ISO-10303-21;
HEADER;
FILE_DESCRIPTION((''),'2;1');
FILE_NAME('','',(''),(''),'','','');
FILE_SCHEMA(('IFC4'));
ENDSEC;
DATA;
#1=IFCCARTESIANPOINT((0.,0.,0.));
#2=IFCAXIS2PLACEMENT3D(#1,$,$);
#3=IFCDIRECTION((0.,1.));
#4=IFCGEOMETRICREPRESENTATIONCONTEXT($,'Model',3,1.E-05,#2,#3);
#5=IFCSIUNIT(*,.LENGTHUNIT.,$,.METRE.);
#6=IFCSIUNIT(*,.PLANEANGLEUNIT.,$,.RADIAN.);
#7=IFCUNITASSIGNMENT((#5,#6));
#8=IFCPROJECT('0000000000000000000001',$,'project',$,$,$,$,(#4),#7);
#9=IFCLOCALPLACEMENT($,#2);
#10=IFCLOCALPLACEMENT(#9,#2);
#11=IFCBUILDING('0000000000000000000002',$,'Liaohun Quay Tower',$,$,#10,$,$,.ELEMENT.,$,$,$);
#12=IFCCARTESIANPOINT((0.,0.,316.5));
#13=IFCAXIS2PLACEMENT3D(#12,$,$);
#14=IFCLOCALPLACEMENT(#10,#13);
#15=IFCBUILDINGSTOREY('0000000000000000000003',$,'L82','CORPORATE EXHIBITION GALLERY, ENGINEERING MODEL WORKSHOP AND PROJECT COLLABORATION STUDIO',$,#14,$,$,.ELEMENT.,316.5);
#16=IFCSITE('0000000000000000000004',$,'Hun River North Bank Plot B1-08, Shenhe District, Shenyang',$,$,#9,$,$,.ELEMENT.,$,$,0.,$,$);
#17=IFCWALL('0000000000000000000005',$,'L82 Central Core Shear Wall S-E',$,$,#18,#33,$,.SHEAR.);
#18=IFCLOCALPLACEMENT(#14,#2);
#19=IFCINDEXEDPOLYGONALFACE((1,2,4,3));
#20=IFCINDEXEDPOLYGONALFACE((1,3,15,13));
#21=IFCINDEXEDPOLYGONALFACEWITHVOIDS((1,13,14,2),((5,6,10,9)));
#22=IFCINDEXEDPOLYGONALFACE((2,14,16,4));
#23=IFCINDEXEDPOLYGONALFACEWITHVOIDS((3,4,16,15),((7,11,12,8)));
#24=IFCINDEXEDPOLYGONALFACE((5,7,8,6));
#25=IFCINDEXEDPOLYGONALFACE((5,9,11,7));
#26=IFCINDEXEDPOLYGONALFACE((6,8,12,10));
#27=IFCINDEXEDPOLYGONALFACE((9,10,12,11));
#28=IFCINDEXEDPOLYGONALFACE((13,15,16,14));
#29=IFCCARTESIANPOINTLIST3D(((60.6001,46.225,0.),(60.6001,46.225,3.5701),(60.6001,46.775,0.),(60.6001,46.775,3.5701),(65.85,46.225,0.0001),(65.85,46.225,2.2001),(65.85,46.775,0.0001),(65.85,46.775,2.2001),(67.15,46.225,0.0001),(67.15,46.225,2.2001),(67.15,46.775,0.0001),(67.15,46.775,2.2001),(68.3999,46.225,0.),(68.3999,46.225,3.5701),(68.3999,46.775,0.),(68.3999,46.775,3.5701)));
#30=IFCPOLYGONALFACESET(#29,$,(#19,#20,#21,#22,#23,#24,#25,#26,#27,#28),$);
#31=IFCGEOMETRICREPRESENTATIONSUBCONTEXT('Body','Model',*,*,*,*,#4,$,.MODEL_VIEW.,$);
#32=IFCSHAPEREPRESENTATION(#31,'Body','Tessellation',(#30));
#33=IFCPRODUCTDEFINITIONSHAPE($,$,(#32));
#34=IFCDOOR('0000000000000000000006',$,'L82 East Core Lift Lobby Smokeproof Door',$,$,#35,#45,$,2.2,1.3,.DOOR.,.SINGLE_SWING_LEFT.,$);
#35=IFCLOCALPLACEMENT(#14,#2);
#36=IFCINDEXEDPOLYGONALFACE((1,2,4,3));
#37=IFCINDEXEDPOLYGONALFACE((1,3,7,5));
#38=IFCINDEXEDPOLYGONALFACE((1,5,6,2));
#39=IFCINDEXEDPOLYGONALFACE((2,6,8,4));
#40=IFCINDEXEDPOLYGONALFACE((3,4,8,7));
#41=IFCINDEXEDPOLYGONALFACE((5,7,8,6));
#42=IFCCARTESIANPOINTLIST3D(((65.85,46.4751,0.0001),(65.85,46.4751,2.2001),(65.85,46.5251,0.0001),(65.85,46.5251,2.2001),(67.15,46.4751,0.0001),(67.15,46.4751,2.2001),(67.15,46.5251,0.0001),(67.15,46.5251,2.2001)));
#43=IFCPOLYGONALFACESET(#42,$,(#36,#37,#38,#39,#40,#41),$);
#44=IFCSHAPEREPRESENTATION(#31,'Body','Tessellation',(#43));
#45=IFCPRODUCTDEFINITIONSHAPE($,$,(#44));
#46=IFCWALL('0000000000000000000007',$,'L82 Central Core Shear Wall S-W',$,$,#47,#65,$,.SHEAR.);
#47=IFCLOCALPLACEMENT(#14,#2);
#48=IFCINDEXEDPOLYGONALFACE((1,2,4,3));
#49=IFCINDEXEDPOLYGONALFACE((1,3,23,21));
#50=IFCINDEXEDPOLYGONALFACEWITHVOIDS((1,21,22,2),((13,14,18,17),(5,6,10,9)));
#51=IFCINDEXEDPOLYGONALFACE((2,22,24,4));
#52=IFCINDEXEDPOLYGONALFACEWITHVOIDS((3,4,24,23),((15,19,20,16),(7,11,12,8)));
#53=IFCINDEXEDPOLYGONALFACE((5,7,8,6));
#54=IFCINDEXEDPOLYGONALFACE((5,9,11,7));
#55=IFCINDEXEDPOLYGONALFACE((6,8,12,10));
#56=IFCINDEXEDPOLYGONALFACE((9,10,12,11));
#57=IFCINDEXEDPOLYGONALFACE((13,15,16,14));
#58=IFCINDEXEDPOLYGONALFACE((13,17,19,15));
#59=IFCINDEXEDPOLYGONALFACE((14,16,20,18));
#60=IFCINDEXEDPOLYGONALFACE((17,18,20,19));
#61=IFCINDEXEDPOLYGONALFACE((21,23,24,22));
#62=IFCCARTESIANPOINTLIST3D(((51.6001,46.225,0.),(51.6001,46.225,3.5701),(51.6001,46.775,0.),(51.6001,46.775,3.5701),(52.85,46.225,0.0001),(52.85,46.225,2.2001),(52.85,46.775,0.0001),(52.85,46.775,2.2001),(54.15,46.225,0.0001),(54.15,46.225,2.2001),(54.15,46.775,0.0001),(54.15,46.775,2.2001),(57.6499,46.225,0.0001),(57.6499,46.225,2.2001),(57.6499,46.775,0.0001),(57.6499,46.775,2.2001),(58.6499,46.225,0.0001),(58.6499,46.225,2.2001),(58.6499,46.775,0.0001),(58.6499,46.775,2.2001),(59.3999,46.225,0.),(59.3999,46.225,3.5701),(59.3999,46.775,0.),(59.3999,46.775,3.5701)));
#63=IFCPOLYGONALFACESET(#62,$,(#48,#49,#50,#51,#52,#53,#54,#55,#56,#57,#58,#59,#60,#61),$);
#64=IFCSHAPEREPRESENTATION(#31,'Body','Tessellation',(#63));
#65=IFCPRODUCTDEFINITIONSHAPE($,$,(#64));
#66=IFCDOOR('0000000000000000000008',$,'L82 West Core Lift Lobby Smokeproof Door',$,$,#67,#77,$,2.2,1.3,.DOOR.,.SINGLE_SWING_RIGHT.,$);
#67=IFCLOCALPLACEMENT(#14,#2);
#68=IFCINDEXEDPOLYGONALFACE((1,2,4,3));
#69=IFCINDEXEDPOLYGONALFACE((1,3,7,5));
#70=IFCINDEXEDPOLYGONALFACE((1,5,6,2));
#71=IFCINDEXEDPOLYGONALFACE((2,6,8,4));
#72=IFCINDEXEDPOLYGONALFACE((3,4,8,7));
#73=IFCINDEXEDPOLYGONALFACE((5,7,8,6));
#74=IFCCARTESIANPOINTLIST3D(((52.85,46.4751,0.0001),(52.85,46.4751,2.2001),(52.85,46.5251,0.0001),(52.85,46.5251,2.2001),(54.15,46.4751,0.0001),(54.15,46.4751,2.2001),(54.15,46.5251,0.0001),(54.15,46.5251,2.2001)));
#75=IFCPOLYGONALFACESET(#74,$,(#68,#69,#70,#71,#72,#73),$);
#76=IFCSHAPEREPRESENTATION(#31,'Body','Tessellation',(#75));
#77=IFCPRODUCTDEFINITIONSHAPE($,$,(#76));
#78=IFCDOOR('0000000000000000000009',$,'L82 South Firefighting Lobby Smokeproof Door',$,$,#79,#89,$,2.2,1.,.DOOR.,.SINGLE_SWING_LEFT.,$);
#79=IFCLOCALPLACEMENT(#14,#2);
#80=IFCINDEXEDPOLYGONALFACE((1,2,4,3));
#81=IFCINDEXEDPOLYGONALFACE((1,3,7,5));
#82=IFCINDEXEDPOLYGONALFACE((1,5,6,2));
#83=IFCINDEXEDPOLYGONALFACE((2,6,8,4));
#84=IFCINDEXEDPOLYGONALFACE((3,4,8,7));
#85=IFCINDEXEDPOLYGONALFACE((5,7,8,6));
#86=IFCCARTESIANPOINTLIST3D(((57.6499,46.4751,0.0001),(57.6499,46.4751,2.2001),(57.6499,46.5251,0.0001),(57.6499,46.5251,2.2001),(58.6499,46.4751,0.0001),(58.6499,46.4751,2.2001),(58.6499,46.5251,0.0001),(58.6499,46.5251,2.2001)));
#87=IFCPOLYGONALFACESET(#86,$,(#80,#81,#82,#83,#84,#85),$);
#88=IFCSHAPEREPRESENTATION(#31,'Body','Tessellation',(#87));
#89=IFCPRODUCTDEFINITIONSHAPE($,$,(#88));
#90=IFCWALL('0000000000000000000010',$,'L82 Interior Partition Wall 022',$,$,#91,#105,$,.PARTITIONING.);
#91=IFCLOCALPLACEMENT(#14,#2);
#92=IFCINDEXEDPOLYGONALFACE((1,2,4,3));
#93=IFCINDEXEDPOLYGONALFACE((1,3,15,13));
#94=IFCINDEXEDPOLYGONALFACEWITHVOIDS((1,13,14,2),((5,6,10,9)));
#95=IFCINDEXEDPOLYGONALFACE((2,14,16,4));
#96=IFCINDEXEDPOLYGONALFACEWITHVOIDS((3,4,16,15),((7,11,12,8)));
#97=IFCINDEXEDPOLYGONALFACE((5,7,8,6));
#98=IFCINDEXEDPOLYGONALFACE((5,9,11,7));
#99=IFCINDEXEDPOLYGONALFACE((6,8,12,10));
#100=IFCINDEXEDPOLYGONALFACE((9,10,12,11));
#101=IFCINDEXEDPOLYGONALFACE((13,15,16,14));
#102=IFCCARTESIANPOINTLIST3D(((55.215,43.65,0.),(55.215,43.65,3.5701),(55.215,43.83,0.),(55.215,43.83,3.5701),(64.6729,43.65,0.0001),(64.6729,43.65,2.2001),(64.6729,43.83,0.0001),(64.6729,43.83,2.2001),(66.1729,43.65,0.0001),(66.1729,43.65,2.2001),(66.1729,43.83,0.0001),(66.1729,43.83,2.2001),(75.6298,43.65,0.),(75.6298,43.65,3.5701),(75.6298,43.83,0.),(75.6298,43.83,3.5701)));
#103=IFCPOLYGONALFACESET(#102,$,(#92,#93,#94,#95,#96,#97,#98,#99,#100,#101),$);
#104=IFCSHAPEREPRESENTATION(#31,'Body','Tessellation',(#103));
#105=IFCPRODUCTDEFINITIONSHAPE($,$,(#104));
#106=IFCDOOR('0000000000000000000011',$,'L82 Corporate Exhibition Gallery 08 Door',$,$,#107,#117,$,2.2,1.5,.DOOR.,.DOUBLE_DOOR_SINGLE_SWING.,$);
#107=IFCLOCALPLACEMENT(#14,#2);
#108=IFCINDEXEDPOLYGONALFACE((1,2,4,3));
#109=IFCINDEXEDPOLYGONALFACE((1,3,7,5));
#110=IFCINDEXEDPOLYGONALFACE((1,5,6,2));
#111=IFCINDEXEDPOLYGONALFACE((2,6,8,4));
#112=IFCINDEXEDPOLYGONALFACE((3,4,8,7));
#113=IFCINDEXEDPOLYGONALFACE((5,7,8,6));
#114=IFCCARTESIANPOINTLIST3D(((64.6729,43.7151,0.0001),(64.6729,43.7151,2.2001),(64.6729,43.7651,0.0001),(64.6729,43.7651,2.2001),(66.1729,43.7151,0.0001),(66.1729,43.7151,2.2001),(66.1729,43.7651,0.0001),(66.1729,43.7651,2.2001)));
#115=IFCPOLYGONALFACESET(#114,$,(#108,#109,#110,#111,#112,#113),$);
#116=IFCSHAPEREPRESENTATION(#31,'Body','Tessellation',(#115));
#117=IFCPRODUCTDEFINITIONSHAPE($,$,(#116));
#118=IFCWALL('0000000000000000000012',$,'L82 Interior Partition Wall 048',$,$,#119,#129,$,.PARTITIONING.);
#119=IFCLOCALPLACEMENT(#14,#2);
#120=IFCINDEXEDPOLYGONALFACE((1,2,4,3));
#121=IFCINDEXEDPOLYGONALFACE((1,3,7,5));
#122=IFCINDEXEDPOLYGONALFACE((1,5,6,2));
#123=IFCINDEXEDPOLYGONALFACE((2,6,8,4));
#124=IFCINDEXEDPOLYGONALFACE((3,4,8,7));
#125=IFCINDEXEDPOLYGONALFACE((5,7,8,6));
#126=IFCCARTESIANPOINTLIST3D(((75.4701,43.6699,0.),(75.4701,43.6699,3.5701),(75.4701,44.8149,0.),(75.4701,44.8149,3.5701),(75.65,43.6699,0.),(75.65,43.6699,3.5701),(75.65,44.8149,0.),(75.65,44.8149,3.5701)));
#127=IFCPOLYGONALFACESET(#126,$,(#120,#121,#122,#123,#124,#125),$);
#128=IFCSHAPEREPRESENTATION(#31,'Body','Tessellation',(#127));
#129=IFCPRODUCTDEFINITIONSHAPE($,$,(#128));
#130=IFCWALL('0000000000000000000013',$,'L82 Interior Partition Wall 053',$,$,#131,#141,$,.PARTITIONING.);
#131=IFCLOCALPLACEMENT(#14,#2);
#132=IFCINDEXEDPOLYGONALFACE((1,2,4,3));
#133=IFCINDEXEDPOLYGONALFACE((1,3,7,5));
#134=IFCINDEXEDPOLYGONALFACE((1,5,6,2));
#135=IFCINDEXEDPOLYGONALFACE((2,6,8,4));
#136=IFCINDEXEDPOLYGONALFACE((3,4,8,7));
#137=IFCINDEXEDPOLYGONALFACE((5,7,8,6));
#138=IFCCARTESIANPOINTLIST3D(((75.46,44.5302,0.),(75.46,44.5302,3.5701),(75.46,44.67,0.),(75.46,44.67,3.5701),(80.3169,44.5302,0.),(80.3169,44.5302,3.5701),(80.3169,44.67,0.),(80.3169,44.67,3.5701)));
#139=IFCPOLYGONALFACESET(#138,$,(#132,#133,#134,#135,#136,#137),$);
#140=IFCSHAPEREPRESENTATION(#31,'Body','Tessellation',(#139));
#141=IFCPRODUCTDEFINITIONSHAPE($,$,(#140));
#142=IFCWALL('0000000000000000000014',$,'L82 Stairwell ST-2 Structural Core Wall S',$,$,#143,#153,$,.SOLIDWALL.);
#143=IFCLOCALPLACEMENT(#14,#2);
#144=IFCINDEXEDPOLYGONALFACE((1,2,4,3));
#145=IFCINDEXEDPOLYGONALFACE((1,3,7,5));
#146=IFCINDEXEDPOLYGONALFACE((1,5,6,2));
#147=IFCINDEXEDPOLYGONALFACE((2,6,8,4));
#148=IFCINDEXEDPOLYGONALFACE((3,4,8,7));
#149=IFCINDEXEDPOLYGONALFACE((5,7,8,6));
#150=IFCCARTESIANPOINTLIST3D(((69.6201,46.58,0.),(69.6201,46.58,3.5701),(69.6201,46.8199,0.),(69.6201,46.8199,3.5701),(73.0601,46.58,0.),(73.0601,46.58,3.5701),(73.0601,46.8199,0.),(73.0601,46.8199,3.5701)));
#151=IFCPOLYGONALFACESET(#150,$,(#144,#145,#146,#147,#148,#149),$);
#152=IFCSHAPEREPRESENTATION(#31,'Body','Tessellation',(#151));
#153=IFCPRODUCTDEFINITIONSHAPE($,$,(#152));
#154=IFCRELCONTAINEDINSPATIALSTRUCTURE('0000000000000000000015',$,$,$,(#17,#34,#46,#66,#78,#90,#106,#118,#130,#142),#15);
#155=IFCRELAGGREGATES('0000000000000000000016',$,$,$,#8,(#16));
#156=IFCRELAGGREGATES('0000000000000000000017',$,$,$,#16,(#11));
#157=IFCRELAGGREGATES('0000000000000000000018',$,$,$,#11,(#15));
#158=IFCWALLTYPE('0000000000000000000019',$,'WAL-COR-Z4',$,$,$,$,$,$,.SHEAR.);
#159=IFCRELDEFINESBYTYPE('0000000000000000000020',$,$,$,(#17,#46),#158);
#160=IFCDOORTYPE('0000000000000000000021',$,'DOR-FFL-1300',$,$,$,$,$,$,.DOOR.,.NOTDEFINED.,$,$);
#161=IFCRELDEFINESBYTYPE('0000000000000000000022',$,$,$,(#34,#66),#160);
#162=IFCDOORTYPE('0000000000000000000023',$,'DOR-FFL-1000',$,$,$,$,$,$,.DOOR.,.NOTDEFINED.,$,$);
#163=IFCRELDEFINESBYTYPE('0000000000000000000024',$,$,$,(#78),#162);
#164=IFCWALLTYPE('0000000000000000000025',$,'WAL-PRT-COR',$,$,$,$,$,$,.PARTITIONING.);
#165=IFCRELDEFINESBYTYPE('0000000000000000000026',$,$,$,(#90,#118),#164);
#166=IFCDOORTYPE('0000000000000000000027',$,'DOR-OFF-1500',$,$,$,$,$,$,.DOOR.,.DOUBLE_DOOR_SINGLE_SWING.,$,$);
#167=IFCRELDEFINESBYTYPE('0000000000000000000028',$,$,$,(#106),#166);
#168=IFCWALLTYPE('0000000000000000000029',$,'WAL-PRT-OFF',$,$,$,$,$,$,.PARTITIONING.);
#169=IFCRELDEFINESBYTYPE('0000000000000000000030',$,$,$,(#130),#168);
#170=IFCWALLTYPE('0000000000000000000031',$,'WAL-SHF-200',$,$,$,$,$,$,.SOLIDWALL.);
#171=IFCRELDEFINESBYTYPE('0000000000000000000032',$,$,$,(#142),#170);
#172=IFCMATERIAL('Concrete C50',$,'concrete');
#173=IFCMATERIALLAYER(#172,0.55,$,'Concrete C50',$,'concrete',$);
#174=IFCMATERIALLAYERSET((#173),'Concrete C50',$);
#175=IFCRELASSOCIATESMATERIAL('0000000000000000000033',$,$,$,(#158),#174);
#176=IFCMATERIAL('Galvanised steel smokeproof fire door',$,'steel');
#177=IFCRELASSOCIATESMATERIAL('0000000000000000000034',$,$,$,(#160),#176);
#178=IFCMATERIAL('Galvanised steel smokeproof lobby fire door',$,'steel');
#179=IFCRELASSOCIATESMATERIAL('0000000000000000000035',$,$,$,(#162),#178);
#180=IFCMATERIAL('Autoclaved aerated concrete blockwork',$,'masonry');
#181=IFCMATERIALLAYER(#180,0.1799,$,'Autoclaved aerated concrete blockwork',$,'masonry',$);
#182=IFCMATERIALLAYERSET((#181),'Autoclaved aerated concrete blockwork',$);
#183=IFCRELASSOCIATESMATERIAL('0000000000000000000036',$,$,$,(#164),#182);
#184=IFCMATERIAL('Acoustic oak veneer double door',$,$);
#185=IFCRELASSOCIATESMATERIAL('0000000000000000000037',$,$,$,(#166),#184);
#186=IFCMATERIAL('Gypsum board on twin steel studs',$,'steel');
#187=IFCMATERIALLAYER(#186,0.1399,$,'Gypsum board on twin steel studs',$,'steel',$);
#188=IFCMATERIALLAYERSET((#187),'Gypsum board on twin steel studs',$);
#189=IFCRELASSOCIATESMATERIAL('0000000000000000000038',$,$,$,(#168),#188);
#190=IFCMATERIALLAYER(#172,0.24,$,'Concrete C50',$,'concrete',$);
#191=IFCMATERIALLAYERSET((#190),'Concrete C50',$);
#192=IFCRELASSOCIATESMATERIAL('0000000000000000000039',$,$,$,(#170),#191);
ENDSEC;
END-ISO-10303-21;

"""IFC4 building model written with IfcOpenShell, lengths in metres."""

from ifc_helpers import new_model, si_unit, direction, frame, frame_2d, origin, place, context, subcontext, project, spatial, rectangle, extrude, source, transform, mapped, material, layer, layer_set, type_object, element, fill, save


model = new_model("IFC4")

# Units and contexts
model_context = context("Model", 3, precision=1e-05, world=origin(), true_north=direction((0.0, 1.0)))
body_context = subcontext(model_context, "Body", "Model", "MODEL_VIEW")
ifc_project = project(units=[si_unit("LENGTHUNIT", "METRE"), si_unit("PLANEANGLEUNIT", "RADIAN")], contexts=[model_context])

# Site, building, storey
site_placement = place(None, origin())
site = spatial("IfcSite", under=ifc_project, at=site_placement, Name="Hun River North Bank Plot B1-08, Shenhe District, Shenyang", CompositionType="ELEMENT", RefElevation=0.0)
building_placement = place(site_placement, origin())
building = spatial("IfcBuilding", under=site, at=building_placement, Name="Liaohun Quay Tower", CompositionType="ELEMENT")
storey_placement = place(building_placement, frame((0.0, 0.0, 316.5)))
storey = spatial("IfcBuildingStorey", under=building, at=storey_placement, Name="L82", Description="CORPORATE EXHIBITION GALLERY, ENGINEERING MODEL WORKSHOP AND PROJECT COLLABORATION STUDIO", CompositionType="ELEMENT", Elevation=316.5)

# Shared definitions
ifc_material_1 = material(Name="Concrete C50", Category="concrete")

# Wall, opening, door
ifc_layer_1 = layer(ifc_material_1, 0.55, Name="Concrete C50", Category="concrete")
ifc_layer_set_1 = layer_set([ifc_layer_1], Name="Concrete C50")
wall_type_1 = type_object("IfcWallType", Name="WAL-COR-Z4", PredefinedType="SHEAR", material=ifc_layer_set_1)
wall_1_placement = place(storey_placement, frame((68.3999, 46.5, 0.0), z_axis=(0.0, 0.0, 1.0), x_axis=(-1.0, 0.0, 0.0)))
wall_1 = element("IfcWall", 1, at=wall_1_placement, inside=storey, type_object=wall_type_1, Name="L82 Central Core Shear Wall S-E", PredefinedType="SHEAR", context=body_context, shape_type="SweptSolid", body=[
    extrude(rectangle(XDim=7.7998, YDim=0.55, at=frame_2d((3.8999, 0.0))), origin(), (0.0, 0.0, 1.0), 3.5701),
])
shared_shape_1 = source(origin(), body_context, "Body", "SweptSolid", [
    extrude(rectangle(XDim=1.3, YDim=2.2, at=frame_2d((0.6499, 1.1001))), frame((0.0, 0.2849, 0.0), z_axis=(0.0, -1.0, 0.0), x_axis=(1.0, 0.0, 0.0)), (0.0, 0.0, 1.0), 0.5701),
])
opening_1_placement = place(wall_1_placement, frame((1.25, 0.0, 0.0)))
opening_1 = element("IfcOpeningElement", 2, at=opening_1_placement, cuts=wall_1, PredefinedType="OPENING", context=body_context, shape_type="MappedRepresentation", body=[
    mapped(shared_shape_1, transform((0.0, 0.0, 0.0), x_axis=(1.0, 0.0, 0.0), y_axis=(0.0, 1.0, 0.0), z_axis=(0.0, 0.0, 1.0), scale=1.0)),
])
ifc_material_2 = material(Name="Galvanised steel smokeproof fire door", Category="steel")
door_type_1 = type_object("IfcDoorType", Name="DOR-FFL-1300", OperationType="NOTDEFINED", PredefinedType="DOOR", material=ifc_material_2)
shared_shape_2 = source(origin(), body_context, "Body", "SweptSolid", [
    extrude(rectangle(XDim=1.3, YDim=2.2, at=frame_2d((0.6499, 1.1001))), frame((0.0, 0.0249, 0.0), z_axis=(0.0, -1.0, 0.0), x_axis=(1.0, 0.0, 0.0)), (0.0, 0.0, 1.0), 0.05),
])
door_1_placement = place(opening_1_placement, origin())
door_1 = element("IfcDoor", 3, at=door_1_placement, inside=storey, type_object=door_type_1, Name="L82 East Core Lift Lobby Smokeproof Door", OperationType="SINGLE_SWING_LEFT", OverallHeight=2.2, OverallWidth=1.3, PredefinedType="DOOR", context=body_context, shape_type="MappedRepresentation", body=[
    mapped(shared_shape_2, transform((0.0, 0.0, 0.0), x_axis=(1.0, 0.0, 0.0), y_axis=(0.0, 1.0, 0.0), z_axis=(0.0, 0.0, 1.0), scale=1.0)),
])
fill(opening_1, door_1)

# Wall, openings, doors
wall_2_placement = place(storey_placement, frame((59.3999, 46.5, 0.0), z_axis=(0.0, 0.0, 1.0), x_axis=(-1.0, 0.0, 0.0)))
wall_2 = element("IfcWall", 4, at=wall_2_placement, inside=storey, type_object=wall_type_1, Name="L82 Central Core Shear Wall S-W", PredefinedType="SHEAR", context=body_context, shape_type="SweptSolid", body=[
    extrude(rectangle(XDim=7.7998, YDim=0.55, at=frame_2d((3.8999, 0.0))), origin(), (0.0, 0.0, 1.0), 3.5701),
])
opening_2_placement = place(wall_2_placement, frame((5.25, 0.0, 0.0)))
opening_2 = element("IfcOpeningElement", 5, at=opening_2_placement, cuts=wall_2, PredefinedType="OPENING", context=body_context, shape_type="MappedRepresentation", body=[
    mapped(shared_shape_1, transform((0.0, 0.0, 0.0), x_axis=(1.0, 0.0, 0.0), y_axis=(0.0, 1.0, 0.0), z_axis=(0.0, 0.0, 1.0), scale=1.0)),
])
shared_shape_3 = source(origin(), body_context, "Body", "SweptSolid", [
    extrude(rectangle(XDim=1.0, YDim=2.2, at=frame_2d((0.5, 1.1001))), frame((0.0, 0.2849, 0.0), z_axis=(0.0, -1.0, 0.0), x_axis=(1.0, 0.0, 0.0)), (0.0, 0.0, 1.0), 0.5701),
])
opening_3_placement = place(wall_2_placement, frame((0.75, 0.0, 0.0)))
opening_3 = element("IfcOpeningElement", 6, at=opening_3_placement, cuts=wall_2, PredefinedType="OPENING", context=body_context, shape_type="MappedRepresentation", body=[
    mapped(shared_shape_3, transform((0.0, 0.0, 0.0), x_axis=(1.0, 0.0, 0.0), y_axis=(0.0, 1.0, 0.0), z_axis=(0.0, 0.0, 1.0), scale=1.0)),
])
door_2_placement = place(opening_2_placement, origin())
door_2 = element("IfcDoor", 7, at=door_2_placement, inside=storey, type_object=door_type_1, Name="L82 West Core Lift Lobby Smokeproof Door", OperationType="SINGLE_SWING_RIGHT", OverallHeight=2.2, OverallWidth=1.3, PredefinedType="DOOR", context=body_context, shape_type="MappedRepresentation", body=[
    mapped(shared_shape_2, transform((0.0, 0.0, 0.0), x_axis=(1.0, 0.0, 0.0), y_axis=(0.0, 1.0, 0.0), z_axis=(0.0, 0.0, 1.0), scale=1.0)),
])
fill(opening_2, door_2)
ifc_material_3 = material(Name="Galvanised steel smokeproof lobby fire door", Category="steel")
door_type_2 = type_object("IfcDoorType", Name="DOR-FFL-1000", OperationType="NOTDEFINED", PredefinedType="DOOR", material=ifc_material_3)
shared_shape_4 = source(origin(), body_context, "Body", "SweptSolid", [
    extrude(rectangle(XDim=1.0, YDim=2.2, at=frame_2d((0.5, 1.1001))), frame((0.0, 0.0249, 0.0), z_axis=(0.0, -1.0, 0.0), x_axis=(1.0, 0.0, 0.0)), (0.0, 0.0, 1.0), 0.05),
])
door_3_placement = place(opening_3_placement, origin())
door_3 = element("IfcDoor", 8, at=door_3_placement, inside=storey, type_object=door_type_2, Name="L82 South Firefighting Lobby Smokeproof Door", OperationType="SINGLE_SWING_LEFT", OverallHeight=2.2, OverallWidth=1.0, PredefinedType="DOOR", context=body_context, shape_type="MappedRepresentation", body=[
    mapped(shared_shape_4, transform((0.0, 0.0, 0.0), x_axis=(1.0, 0.0, 0.0), y_axis=(0.0, 1.0, 0.0), z_axis=(0.0, 0.0, 1.0), scale=1.0)),
])
fill(opening_3, door_3)

# Wall, opening, door
ifc_material_4 = material(Name="Autoclaved aerated concrete blockwork", Category="masonry")
ifc_layer_2 = layer(ifc_material_4, 0.1799, Name="Autoclaved aerated concrete blockwork", Category="masonry")
ifc_layer_set_2 = layer_set([ifc_layer_2], Name="Autoclaved aerated concrete blockwork")
wall_type_2 = type_object("IfcWallType", Name="WAL-PRT-COR", PredefinedType="PARTITIONING", material=ifc_layer_set_2)
wall_3_placement = place(storey_placement, frame((75.6299, 43.74, 0.0), z_axis=(0.0, 0.0, 1.0), x_axis=(-1.0, 0.0, 0.0)))
wall_3 = element("IfcWall", 9, at=wall_3_placement, inside=storey, type_object=wall_type_2, Name="L82 Interior Partition Wall 022", PredefinedType="PARTITIONING", context=body_context, shape_type="SweptSolid", body=[
    extrude(rectangle(XDim=20.4148, YDim=0.1799, at=frame_2d((10.2075, 0.0))), origin(), (0.0, 0.0, 1.0), 3.5701),
])
shared_shape_5 = source(origin(), body_context, "Body", "SweptSolid", [
    extrude(rectangle(XDim=1.5, YDim=2.2, at=frame_2d((0.75, 1.1001))), frame((0.0, 0.0999, 0.0), z_axis=(0.0, -1.0, 0.0), x_axis=(1.0, 0.0, 0.0)), (0.0, 0.0, 1.0), 0.2),
])
opening_4_placement = place(wall_3_placement, frame((9.457, 0.0, 0.0)))
opening_4 = element("IfcOpeningElement", 10, at=opening_4_placement, cuts=wall_3, PredefinedType="OPENING", context=body_context, shape_type="MappedRepresentation", body=[
    mapped(shared_shape_5, transform((0.0, 0.0, 0.0), x_axis=(1.0, 0.0, 0.0), y_axis=(0.0, 1.0, 0.0), z_axis=(0.0, 0.0, 1.0), scale=1.0)),
])
ifc_material_5 = material(Name="Acoustic oak veneer double door")
door_type_3 = type_object("IfcDoorType", Name="DOR-OFF-1500", OperationType="DOUBLE_DOOR_SINGLE_SWING", PredefinedType="DOOR", material=ifc_material_5)
shared_shape_6 = source(origin(), body_context, "Body", "SweptSolid", [
    extrude(rectangle(XDim=1.5, YDim=2.2, at=frame_2d((0.75, 1.1001))), frame((0.0, 0.0249, 0.0), z_axis=(0.0, -1.0, 0.0), x_axis=(1.0, 0.0, 0.0)), (0.0, 0.0, 1.0), 0.05),
])
door_4_placement = place(opening_4_placement, origin())
door_4 = element("IfcDoor", 11, at=door_4_placement, inside=storey, type_object=door_type_3, Name="L82 Corporate Exhibition Gallery 08 Door", OperationType="DOUBLE_DOOR_SINGLE_SWING", OverallHeight=2.2, OverallWidth=1.5, PredefinedType="DOOR", context=body_context, shape_type="MappedRepresentation", body=[
    mapped(shared_shape_6, transform((0.0, 0.0, 0.0), x_axis=(1.0, 0.0, 0.0), y_axis=(0.0, 1.0, 0.0), z_axis=(0.0, 0.0, 1.0), scale=1.0)),
])
fill(opening_4, door_4)

# Walls
wall_4_placement = place(storey_placement, frame((75.5601, 44.8149, 0.0), z_axis=(0.0, 0.0, 1.0), x_axis=(0.0, -1.0, 0.0)))
element("IfcWall", 12, at=wall_4_placement, inside=storey, type_object=wall_type_2, Name="L82 Interior Partition Wall 048", PredefinedType="PARTITIONING", context=body_context, shape_type="SweptSolid", body=[
    extrude(rectangle(XDim=1.145, YDim=0.1799, at=frame_2d((0.5725, 0.0))), origin(), (0.0, 0.0, 1.0), 3.5701),
])
ifc_material_6 = material(Name="Gypsum board on twin steel studs", Category="steel")
ifc_layer_3 = layer(ifc_material_6, 0.1399, Name="Gypsum board on twin steel studs", Category="steel")
ifc_layer_set_3 = layer_set([ifc_layer_3], Name="Gypsum board on twin steel studs")
wall_type_3 = type_object("IfcWallType", Name="WAL-PRT-OFF", PredefinedType="PARTITIONING", material=ifc_layer_set_3)
wall_5_placement = place(storey_placement, frame((75.46, 44.6001, 0.0), z_axis=(0.0, 0.0, 1.0), x_axis=(1.0, 0.0, 0.0)))
element("IfcWall", 13, at=wall_5_placement, inside=storey, type_object=wall_type_3, Name="L82 Interior Partition Wall 053", PredefinedType="PARTITIONING", context=body_context, shape_type="SweptSolid", body=[
    extrude(rectangle(XDim=4.8569, YDim=0.1399, at=frame_2d((2.4285, 0.0))), origin(), (0.0, 0.0, 1.0), 3.5701),
])
ifc_layer_4 = layer(ifc_material_1, 0.24, Name="Concrete C50", Category="concrete")
ifc_layer_set_4 = layer_set([ifc_layer_4], Name="Concrete C50")
wall_type_4 = type_object("IfcWallType", Name="WAL-SHF-200", PredefinedType="SOLIDWALL", material=ifc_layer_set_4)
wall_6_placement = place(storey_placement, frame((69.6201, 46.7, 0.0), z_axis=(0.0, 0.0, 1.0), x_axis=(1.0, 0.0, 0.0)))
element("IfcWall", 14, at=wall_6_placement, inside=storey, type_object=wall_type_4, Name="L82 Stairwell ST-2 Structural Core Wall S", PredefinedType="SOLIDWALL", context=body_context, shape_type="SweptSolid", body=[
    extrude(rectangle(XDim=3.4399, YDim=0.24, at=frame_2d((1.72, 0.0))), origin(), (0.0, 0.0, 1.0), 3.5701),
])

save(model, "model.ifc")
